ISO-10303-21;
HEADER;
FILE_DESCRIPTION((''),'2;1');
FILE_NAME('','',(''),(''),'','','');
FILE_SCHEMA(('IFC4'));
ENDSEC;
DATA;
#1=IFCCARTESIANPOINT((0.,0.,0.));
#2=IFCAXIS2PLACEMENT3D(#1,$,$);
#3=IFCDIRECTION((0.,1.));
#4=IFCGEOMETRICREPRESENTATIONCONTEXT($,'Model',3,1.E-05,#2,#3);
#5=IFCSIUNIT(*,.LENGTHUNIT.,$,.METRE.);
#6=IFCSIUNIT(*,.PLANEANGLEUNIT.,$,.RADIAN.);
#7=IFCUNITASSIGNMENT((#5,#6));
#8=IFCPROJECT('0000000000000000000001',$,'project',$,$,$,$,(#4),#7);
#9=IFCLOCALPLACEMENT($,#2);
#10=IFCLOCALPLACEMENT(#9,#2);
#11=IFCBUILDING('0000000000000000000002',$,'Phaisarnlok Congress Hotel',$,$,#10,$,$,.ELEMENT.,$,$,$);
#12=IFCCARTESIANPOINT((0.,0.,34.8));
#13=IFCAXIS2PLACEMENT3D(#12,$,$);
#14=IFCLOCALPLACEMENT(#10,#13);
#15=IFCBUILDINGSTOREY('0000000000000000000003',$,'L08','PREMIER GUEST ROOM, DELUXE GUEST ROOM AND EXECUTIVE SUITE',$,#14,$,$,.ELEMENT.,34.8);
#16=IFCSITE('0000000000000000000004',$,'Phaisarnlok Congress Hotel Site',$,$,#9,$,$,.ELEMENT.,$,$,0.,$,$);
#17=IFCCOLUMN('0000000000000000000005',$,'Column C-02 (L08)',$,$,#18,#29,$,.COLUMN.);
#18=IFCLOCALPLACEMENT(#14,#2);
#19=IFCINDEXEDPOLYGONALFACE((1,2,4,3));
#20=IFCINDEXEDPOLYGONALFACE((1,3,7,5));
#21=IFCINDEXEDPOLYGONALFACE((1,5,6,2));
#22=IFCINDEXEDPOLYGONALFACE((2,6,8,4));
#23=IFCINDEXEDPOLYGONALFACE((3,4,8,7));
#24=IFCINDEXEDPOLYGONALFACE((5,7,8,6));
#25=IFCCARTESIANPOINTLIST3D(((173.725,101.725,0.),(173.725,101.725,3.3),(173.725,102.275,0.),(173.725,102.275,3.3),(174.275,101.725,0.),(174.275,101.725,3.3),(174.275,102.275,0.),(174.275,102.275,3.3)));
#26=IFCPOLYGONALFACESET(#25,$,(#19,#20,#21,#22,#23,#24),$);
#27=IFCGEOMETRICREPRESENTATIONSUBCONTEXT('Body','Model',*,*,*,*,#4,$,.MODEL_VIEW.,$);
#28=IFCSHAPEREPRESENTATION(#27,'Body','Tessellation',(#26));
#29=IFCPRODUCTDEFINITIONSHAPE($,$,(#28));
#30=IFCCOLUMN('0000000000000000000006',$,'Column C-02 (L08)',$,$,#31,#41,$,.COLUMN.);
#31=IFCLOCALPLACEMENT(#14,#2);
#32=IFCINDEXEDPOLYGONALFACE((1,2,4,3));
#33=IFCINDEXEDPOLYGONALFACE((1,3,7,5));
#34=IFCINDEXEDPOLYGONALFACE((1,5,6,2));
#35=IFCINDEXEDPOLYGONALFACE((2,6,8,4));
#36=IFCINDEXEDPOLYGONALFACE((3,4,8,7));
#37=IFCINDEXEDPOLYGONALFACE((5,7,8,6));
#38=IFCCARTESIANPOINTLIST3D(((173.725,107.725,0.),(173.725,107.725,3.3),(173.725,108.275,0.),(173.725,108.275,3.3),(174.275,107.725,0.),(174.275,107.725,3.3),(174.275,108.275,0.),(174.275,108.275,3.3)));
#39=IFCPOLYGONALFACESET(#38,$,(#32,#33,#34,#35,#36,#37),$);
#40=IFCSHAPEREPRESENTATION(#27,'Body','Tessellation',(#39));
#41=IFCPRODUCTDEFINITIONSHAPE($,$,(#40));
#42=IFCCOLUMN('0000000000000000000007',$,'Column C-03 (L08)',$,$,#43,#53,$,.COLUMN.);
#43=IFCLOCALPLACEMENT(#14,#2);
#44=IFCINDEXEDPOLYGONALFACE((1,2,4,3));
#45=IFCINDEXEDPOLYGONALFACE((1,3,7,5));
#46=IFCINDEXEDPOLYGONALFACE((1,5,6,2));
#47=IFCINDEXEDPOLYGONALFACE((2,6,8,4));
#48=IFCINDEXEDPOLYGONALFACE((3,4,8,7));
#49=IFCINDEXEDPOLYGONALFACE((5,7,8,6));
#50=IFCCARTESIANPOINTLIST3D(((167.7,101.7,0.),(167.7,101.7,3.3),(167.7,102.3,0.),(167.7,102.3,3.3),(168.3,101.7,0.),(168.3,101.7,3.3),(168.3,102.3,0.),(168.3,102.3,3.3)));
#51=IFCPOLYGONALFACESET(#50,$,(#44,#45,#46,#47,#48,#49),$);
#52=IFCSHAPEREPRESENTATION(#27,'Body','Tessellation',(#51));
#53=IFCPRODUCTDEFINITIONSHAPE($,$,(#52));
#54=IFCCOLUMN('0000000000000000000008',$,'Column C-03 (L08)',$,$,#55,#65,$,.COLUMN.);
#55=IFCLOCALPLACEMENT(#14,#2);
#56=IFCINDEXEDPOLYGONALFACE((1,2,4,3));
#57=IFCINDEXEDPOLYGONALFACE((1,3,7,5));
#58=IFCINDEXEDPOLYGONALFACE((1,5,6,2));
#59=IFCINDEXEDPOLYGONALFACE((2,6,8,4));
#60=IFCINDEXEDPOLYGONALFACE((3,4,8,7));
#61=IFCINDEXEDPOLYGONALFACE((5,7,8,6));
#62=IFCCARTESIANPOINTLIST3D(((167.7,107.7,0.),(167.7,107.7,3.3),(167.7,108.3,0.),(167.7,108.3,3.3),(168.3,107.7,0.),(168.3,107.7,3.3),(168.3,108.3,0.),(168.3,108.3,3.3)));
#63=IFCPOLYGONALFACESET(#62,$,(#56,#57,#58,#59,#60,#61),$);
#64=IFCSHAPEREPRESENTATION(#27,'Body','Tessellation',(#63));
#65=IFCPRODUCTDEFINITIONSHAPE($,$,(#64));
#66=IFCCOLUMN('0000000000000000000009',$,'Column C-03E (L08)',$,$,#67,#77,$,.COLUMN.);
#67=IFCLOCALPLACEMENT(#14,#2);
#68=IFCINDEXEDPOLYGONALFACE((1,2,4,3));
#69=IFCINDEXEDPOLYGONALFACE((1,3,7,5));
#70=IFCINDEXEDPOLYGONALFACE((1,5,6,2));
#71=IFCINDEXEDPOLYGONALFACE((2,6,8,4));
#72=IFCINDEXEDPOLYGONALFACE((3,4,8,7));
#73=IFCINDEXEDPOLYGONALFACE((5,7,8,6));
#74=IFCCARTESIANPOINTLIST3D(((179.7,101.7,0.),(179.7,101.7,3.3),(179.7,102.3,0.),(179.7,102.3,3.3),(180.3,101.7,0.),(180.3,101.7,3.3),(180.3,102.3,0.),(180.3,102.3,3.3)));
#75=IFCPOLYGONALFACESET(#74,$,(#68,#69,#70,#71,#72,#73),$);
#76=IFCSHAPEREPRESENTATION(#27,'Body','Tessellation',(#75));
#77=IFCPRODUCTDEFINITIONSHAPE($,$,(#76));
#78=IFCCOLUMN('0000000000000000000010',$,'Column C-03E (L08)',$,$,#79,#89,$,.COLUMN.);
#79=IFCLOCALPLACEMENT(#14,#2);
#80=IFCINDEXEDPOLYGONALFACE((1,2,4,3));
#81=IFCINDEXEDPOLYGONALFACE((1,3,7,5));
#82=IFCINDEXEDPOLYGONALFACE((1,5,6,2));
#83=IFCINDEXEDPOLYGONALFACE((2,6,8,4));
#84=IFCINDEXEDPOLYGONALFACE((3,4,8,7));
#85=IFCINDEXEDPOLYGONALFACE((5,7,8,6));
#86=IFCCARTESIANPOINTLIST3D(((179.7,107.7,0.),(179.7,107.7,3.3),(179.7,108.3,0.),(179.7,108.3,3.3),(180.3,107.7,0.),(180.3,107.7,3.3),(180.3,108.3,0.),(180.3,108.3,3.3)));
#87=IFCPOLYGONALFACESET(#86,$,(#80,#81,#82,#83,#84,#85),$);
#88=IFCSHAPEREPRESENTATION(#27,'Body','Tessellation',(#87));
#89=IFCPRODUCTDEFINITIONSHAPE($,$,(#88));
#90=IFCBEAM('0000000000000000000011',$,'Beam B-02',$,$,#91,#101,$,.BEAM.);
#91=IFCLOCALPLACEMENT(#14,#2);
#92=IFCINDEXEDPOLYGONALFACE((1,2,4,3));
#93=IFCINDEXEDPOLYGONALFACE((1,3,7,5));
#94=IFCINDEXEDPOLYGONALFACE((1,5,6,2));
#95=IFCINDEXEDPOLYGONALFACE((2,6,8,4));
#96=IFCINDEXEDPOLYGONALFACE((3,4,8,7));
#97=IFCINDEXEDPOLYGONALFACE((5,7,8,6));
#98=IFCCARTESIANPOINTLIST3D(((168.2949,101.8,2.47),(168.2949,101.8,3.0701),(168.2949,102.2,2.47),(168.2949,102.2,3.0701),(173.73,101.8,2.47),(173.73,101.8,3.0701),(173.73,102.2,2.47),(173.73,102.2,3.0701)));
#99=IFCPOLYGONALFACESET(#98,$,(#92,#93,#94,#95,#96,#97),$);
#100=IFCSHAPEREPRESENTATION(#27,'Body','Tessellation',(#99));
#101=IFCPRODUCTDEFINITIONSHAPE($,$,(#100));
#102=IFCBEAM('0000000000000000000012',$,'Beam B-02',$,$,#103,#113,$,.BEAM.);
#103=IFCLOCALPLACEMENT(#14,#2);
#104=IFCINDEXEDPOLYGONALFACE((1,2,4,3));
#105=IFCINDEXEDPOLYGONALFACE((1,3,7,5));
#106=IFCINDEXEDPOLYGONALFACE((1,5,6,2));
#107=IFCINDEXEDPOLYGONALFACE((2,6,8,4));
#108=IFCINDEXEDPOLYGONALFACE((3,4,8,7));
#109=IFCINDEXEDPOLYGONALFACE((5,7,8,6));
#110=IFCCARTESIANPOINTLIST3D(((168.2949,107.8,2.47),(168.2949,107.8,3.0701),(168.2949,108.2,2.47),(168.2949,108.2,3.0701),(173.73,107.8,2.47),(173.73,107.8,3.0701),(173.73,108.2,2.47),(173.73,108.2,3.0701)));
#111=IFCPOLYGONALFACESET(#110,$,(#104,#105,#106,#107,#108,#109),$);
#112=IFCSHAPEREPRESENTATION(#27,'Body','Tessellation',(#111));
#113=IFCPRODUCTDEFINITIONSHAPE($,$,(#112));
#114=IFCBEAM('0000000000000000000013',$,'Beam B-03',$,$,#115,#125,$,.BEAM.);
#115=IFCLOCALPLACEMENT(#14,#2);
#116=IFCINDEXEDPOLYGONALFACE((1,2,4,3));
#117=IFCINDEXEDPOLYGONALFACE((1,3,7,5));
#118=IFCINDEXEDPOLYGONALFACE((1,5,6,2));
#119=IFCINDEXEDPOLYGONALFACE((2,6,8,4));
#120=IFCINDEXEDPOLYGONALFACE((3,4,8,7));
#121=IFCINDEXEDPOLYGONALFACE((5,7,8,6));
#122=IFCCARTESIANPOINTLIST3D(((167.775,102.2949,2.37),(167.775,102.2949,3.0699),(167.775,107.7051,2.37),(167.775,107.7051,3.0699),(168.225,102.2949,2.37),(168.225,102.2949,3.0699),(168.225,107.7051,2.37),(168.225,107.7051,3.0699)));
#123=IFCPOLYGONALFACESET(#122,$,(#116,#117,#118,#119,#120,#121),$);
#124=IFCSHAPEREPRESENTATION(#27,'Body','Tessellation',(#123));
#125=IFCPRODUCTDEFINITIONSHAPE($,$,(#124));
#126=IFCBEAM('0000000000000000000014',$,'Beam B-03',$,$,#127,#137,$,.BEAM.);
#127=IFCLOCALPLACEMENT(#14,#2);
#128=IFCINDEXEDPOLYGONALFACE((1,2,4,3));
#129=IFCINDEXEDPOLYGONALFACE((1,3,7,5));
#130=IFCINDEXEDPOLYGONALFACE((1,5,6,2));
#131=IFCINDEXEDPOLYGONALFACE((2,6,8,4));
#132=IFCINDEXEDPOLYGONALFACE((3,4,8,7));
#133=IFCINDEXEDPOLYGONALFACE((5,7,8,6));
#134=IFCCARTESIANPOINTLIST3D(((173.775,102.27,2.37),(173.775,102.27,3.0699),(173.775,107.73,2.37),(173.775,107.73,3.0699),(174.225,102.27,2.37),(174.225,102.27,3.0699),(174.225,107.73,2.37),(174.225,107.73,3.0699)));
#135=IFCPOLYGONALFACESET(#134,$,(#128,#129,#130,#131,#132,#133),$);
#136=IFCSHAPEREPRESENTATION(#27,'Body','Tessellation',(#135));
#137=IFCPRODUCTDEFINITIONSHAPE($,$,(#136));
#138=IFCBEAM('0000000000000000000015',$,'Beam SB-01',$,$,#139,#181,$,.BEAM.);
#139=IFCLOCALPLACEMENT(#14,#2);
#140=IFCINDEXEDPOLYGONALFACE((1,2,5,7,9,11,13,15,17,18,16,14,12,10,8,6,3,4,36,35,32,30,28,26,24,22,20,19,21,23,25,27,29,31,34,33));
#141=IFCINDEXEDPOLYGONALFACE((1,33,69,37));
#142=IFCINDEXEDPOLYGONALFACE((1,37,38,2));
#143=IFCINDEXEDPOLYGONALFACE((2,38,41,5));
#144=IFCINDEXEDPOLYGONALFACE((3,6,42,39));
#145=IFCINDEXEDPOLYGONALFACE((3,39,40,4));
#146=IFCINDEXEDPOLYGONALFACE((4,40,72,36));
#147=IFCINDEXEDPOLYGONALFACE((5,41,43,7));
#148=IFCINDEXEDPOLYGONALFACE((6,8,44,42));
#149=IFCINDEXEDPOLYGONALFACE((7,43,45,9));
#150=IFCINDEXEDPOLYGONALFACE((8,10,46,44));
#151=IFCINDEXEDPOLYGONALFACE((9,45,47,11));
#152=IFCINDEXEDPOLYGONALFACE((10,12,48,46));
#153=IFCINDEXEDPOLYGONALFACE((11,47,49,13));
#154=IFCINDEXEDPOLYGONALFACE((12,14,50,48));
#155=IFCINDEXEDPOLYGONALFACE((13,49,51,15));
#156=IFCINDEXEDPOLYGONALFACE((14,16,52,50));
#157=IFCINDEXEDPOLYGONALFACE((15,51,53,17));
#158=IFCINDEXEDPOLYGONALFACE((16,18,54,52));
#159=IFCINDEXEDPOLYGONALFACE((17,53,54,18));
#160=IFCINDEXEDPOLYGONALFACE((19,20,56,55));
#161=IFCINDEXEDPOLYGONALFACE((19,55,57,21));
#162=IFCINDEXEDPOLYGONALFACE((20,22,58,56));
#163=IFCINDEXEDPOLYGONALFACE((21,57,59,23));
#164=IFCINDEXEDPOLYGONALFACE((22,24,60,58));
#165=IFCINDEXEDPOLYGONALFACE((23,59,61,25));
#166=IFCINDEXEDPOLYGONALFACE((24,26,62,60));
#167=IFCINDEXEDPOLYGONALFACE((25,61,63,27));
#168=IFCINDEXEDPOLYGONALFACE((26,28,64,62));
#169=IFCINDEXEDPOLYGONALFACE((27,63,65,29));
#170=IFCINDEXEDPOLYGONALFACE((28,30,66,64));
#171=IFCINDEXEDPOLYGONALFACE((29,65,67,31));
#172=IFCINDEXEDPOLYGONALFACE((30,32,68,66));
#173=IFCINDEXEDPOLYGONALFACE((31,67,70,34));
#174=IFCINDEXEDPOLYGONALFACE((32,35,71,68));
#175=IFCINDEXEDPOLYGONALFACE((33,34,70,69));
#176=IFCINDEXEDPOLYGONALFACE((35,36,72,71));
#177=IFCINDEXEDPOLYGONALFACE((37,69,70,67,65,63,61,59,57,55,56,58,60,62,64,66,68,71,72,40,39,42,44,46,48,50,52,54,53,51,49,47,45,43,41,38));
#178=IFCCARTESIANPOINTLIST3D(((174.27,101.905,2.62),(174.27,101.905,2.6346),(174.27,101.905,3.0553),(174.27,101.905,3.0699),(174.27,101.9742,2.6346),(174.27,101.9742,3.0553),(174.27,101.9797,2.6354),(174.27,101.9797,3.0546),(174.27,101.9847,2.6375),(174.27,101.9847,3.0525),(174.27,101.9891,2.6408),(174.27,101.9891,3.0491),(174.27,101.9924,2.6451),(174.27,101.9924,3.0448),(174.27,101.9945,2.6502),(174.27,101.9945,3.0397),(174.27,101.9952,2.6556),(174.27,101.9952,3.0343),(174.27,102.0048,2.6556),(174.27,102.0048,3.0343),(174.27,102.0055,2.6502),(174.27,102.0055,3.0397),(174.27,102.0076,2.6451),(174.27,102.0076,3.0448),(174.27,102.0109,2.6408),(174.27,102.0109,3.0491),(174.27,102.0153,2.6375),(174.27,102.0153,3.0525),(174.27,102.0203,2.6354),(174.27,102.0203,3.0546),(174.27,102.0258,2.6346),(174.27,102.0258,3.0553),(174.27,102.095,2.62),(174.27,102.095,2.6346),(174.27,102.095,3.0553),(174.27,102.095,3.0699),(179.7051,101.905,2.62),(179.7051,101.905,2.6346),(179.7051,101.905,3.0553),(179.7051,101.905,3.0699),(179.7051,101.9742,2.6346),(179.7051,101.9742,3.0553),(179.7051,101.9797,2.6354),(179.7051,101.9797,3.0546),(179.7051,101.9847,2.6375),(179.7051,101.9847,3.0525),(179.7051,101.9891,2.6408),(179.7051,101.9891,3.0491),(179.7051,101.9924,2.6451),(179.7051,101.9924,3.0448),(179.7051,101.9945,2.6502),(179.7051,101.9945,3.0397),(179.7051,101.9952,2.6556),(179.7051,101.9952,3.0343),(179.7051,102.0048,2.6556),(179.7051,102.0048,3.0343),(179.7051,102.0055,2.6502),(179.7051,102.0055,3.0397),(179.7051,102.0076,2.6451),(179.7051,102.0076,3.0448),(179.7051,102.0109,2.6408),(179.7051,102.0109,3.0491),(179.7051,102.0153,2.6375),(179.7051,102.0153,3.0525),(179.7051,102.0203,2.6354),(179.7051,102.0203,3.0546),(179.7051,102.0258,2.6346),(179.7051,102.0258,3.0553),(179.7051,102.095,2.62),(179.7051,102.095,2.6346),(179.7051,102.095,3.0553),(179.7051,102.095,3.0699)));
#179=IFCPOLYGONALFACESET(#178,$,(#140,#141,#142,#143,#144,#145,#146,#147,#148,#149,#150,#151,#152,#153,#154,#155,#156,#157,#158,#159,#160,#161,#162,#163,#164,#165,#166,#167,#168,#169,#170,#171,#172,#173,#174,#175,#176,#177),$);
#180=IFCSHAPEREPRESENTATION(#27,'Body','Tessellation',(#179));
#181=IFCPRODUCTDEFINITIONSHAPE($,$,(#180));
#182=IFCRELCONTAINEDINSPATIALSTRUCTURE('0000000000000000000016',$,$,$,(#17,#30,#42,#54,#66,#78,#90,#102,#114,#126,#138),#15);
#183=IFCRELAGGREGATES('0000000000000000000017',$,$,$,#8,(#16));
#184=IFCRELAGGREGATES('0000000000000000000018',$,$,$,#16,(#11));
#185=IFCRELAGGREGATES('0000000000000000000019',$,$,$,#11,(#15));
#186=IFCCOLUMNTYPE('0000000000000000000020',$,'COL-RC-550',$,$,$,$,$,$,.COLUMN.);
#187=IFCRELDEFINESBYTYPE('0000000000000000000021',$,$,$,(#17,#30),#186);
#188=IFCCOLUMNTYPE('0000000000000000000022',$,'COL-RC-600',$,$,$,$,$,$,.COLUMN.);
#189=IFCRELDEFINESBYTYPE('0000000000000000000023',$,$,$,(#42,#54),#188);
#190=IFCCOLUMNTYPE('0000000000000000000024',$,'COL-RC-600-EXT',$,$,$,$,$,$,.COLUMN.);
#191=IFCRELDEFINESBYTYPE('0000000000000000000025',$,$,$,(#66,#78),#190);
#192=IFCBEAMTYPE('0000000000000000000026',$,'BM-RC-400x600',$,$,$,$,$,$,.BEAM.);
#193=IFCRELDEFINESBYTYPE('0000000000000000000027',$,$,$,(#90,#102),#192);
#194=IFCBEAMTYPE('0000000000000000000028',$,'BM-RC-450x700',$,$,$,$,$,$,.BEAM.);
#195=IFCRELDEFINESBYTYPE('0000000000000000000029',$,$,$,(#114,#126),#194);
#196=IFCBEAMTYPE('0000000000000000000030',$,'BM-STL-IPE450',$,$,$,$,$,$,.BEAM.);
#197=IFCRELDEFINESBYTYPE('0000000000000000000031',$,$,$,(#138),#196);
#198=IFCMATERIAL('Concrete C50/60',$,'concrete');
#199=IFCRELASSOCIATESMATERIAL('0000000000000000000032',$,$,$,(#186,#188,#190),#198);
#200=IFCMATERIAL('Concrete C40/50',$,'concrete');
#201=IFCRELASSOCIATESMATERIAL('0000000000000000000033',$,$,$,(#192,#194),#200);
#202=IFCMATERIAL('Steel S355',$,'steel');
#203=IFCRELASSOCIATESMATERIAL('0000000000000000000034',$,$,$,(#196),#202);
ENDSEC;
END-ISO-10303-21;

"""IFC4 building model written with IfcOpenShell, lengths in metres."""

from ifc_helpers import new_model, si_unit, direction, frame, origin, origin_2d, place, context, subcontext, project, spatial, rectangle, i_section, extrude, material, material_profile, profile_set, type_object, element, save


model = new_model("IFC4")

# Units and contexts
model_context = context("Model", 3, precision=1e-05, world=origin(), true_north=direction((0.0, 1.0)))
body_context = subcontext(model_context, "Body", "Model", "MODEL_VIEW")
ifc_project = project(units=[si_unit("LENGTHUNIT", "METRE"), si_unit("PLANEANGLEUNIT", "RADIAN")], contexts=[model_context])

# Site, building, storey
site_placement = place(None, origin())
site = spatial("IfcSite", under=ifc_project, at=site_placement, Name="Phaisarnlok Congress Hotel Site", CompositionType="ELEMENT", RefElevation=0.0)
building_placement = place(site_placement, origin())
building = spatial("IfcBuilding", under=site, at=building_placement, Name="Phaisarnlok Congress Hotel", CompositionType="ELEMENT")
storey_placement = place(building_placement, frame((0.0, 0.0, 34.8)))
storey = spatial("IfcBuildingStorey", under=building, at=storey_placement, Name="L08", Description="PREMIER GUEST ROOM, DELUXE GUEST ROOM AND EXECUTIVE SUITE", CompositionType="ELEMENT", Elevation=34.8)

# Columns
ifc_material_1 = material(Name="Concrete C50/60", Category="concrete")
ifc_material_profile_1 = material_profile(ifc_material_1, rectangle(XDim=0.55, YDim=0.55, at=origin_2d()), Name="RC 550x550")
ifc_profile_set_1 = profile_set([ifc_material_profile_1], Name="Concrete C50/60")
column_type_1 = type_object("IfcColumnType", Name="COL-RC-550", PredefinedType="COLUMN", material=ifc_profile_set_1)
for number, where, z_axis, x_axis, name in (
    (1, (174.0, 102.0, 0.0), (0.0, 0.0, 1.0), (1.0, 0.0, 0.0), "Column C-02 (L08)"),
    (2, (174.0, 108.0, 0.0), (0.0, 0.0, 1.0), (1.0, 0.0, 0.0), "Column C-02 (L08)"),
):
    element("IfcColumn", number, at=place(storey_placement, frame(where, z_axis=z_axis, x_axis=x_axis)), inside=storey, type_object=column_type_1, Name=name, PredefinedType="COLUMN", context=body_context, shape_type="SweptSolid", body=[
        extrude(rectangle(XDim=0.55, YDim=0.55, at=origin_2d()), origin(), (0.0, 0.0, 1.0), 3.3),
    ])
ifc_material_profile_2 = material_profile(ifc_material_1, rectangle(XDim=0.6001, YDim=0.6001, at=origin_2d()), Name="RC 600x600")
ifc_profile_set_2 = profile_set([ifc_material_profile_2], Name="Concrete C50/60")
column_type_2 = type_object("IfcColumnType", Name="COL-RC-600", PredefinedType="COLUMN", material=ifc_profile_set_2)
for number, where, z_axis, x_axis, name in (
    (3, (168.0, 102.0, 0.0), (0.0, 0.0, 1.0), (1.0, 0.0, 0.0), "Column C-03 (L08)"),
    (4, (168.0, 108.0, 0.0), (0.0, 0.0, 1.0), (1.0, 0.0, 0.0), "Column C-03 (L08)"),
):
    element("IfcColumn", number, at=place(storey_placement, frame(where, z_axis=z_axis, x_axis=x_axis)), inside=storey, type_object=column_type_2, Name=name, PredefinedType="COLUMN", context=body_context, shape_type="SweptSolid", body=[
        extrude(rectangle(XDim=0.6001, YDim=0.6001, at=origin_2d()), origin(), (0.0, 0.0, 1.0), 3.3),
    ])
ifc_material_profile_3 = material_profile(ifc_material_1, rectangle(XDim=0.6001, YDim=0.6001, at=origin_2d()), Name="RC 600x600")
ifc_profile_set_3 = profile_set([ifc_material_profile_3], Name="Concrete C50/60")
column_type_3 = type_object("IfcColumnType", Name="COL-RC-600-EXT", PredefinedType="COLUMN", material=ifc_profile_set_3)
for number, where, z_axis, x_axis, name in (
    (5, (180.0, 102.0, 0.0), (0.0, 0.0, 1.0), (1.0, 0.0, 0.0), "Column C-03E (L08)"),
    (6, (180.0, 108.0, 0.0), (0.0, 0.0, 1.0), (1.0, 0.0, 0.0), "Column C-03E (L08)"),
):
    element("IfcColumn", number, at=place(storey_placement, frame(where, z_axis=z_axis, x_axis=x_axis)), inside=storey, type_object=column_type_3, Name=name, PredefinedType="COLUMN", context=body_context, shape_type="SweptSolid", body=[
        extrude(rectangle(XDim=0.6001, YDim=0.6001, at=origin_2d()), origin(), (0.0, 0.0, 1.0), 3.3),
    ])

# Beams
ifc_material_2 = material(Name="Concrete C40/50", Category="concrete")
ifc_material_profile_4 = material_profile(ifc_material_2, rectangle(XDim=0.3999, YDim=0.6001, at=origin_2d()), Name="RC 400x600")
ifc_profile_set_4 = profile_set([ifc_material_profile_4], Name="Concrete C40/50")
beam_type_1 = type_object("IfcBeamType", Name="BM-RC-400x600", PredefinedType="BEAM", material=ifc_profile_set_4)
for number, where, z_axis, x_axis, name in (
    (7, (168.2949, 102.0, 2.77), (1.0, 0.0, 0.0), (0.0, 1.0, 0.0), "Beam B-02"),
    (8, (168.2949, 108.0, 2.77), (1.0, 0.0, 0.0), (0.0, 1.0, 0.0), "Beam B-02"),
):
    element("IfcBeam", number, at=place(storey_placement, frame(where, z_axis=z_axis, x_axis=x_axis)), inside=storey, type_object=beam_type_1, Name=name, PredefinedType="BEAM", context=body_context, shape_type="SweptSolid", body=[
        extrude(rectangle(XDim=0.3999, YDim=0.6001, at=origin_2d()), origin(), (0.0, 0.0, 1.0), 5.4351),
    ])
ifc_material_profile_5 = material_profile(ifc_material_2, rectangle(XDim=0.45, YDim=0.7, at=origin_2d()), Name="RC 450x700")
ifc_profile_set_5 = profile_set([ifc_material_profile_5], Name="Concrete C40/50")
beam_type_2 = type_object("IfcBeamType", Name="BM-RC-450x700", PredefinedType="BEAM", material=ifc_profile_set_5)
beam_1_placement = place(storey_placement, frame((168.0, 102.2949, 2.72), z_axis=(0.0, 1.0, 0.0), x_axis=(-1.0, 0.0, 0.0)))
element("IfcBeam", 9, at=beam_1_placement, inside=storey, type_object=beam_type_2, Name="Beam B-03", PredefinedType="BEAM", context=body_context, shape_type="SweptSolid", body=[
    extrude(rectangle(XDim=0.45, YDim=0.7, at=origin_2d()), origin(), (0.0, 0.0, 1.0), 5.4102),
])
beam_2_placement = place(storey_placement, frame((174.0, 102.27, 2.72), z_axis=(0.0, 1.0, 0.0), x_axis=(-1.0, 0.0, 0.0)))
element("IfcBeam", 10, at=beam_2_placement, inside=storey, type_object=beam_type_2, Name="Beam B-03", PredefinedType="BEAM", context=body_context, shape_type="SweptSolid", body=[
    extrude(rectangle(XDim=0.45, YDim=0.7, at=origin_2d()), origin(), (0.0, 0.0, 1.0), 5.46),
])
ifc_material_3 = material(Name="Steel S355", Category="steel")
ifc_material_profile_6 = material_profile(ifc_material_3, i_section(OverallWidth=0.1899, OverallDepth=0.45, WebThickness=0.0095, FlangeThickness=0.0146, FilletRadius=0.021, at=origin_2d()), Name="IPE 450")
ifc_profile_set_6 = profile_set([ifc_material_profile_6], Name="Steel S355")
beam_type_3 = type_object("IfcBeamType", Name="BM-STL-IPE450", PredefinedType="BEAM", material=ifc_profile_set_6)
for number, where, z_axis, x_axis, name in (
    (11, (174.27, 102.0, 2.845), (1.0, 0.0, 0.0), (0.0, 1.0, 0.0), "Beam SB-01"),
):
    element("IfcBeam", number, at=place(storey_placement, frame(where, z_axis=z_axis, x_axis=x_axis)), inside=storey, type_object=beam_type_3, Name=name, PredefinedType="BEAM", context=body_context, shape_type="SweptSolid", body=[
        extrude(i_section(OverallWidth=0.1899, OverallDepth=0.45, WebThickness=0.0095, FlangeThickness=0.0146, FilletRadius=0.021, at=origin_2d()), origin(), (0.0, 0.0, 1.0), 5.4351),
    ])

save(model, "model.ifc")
